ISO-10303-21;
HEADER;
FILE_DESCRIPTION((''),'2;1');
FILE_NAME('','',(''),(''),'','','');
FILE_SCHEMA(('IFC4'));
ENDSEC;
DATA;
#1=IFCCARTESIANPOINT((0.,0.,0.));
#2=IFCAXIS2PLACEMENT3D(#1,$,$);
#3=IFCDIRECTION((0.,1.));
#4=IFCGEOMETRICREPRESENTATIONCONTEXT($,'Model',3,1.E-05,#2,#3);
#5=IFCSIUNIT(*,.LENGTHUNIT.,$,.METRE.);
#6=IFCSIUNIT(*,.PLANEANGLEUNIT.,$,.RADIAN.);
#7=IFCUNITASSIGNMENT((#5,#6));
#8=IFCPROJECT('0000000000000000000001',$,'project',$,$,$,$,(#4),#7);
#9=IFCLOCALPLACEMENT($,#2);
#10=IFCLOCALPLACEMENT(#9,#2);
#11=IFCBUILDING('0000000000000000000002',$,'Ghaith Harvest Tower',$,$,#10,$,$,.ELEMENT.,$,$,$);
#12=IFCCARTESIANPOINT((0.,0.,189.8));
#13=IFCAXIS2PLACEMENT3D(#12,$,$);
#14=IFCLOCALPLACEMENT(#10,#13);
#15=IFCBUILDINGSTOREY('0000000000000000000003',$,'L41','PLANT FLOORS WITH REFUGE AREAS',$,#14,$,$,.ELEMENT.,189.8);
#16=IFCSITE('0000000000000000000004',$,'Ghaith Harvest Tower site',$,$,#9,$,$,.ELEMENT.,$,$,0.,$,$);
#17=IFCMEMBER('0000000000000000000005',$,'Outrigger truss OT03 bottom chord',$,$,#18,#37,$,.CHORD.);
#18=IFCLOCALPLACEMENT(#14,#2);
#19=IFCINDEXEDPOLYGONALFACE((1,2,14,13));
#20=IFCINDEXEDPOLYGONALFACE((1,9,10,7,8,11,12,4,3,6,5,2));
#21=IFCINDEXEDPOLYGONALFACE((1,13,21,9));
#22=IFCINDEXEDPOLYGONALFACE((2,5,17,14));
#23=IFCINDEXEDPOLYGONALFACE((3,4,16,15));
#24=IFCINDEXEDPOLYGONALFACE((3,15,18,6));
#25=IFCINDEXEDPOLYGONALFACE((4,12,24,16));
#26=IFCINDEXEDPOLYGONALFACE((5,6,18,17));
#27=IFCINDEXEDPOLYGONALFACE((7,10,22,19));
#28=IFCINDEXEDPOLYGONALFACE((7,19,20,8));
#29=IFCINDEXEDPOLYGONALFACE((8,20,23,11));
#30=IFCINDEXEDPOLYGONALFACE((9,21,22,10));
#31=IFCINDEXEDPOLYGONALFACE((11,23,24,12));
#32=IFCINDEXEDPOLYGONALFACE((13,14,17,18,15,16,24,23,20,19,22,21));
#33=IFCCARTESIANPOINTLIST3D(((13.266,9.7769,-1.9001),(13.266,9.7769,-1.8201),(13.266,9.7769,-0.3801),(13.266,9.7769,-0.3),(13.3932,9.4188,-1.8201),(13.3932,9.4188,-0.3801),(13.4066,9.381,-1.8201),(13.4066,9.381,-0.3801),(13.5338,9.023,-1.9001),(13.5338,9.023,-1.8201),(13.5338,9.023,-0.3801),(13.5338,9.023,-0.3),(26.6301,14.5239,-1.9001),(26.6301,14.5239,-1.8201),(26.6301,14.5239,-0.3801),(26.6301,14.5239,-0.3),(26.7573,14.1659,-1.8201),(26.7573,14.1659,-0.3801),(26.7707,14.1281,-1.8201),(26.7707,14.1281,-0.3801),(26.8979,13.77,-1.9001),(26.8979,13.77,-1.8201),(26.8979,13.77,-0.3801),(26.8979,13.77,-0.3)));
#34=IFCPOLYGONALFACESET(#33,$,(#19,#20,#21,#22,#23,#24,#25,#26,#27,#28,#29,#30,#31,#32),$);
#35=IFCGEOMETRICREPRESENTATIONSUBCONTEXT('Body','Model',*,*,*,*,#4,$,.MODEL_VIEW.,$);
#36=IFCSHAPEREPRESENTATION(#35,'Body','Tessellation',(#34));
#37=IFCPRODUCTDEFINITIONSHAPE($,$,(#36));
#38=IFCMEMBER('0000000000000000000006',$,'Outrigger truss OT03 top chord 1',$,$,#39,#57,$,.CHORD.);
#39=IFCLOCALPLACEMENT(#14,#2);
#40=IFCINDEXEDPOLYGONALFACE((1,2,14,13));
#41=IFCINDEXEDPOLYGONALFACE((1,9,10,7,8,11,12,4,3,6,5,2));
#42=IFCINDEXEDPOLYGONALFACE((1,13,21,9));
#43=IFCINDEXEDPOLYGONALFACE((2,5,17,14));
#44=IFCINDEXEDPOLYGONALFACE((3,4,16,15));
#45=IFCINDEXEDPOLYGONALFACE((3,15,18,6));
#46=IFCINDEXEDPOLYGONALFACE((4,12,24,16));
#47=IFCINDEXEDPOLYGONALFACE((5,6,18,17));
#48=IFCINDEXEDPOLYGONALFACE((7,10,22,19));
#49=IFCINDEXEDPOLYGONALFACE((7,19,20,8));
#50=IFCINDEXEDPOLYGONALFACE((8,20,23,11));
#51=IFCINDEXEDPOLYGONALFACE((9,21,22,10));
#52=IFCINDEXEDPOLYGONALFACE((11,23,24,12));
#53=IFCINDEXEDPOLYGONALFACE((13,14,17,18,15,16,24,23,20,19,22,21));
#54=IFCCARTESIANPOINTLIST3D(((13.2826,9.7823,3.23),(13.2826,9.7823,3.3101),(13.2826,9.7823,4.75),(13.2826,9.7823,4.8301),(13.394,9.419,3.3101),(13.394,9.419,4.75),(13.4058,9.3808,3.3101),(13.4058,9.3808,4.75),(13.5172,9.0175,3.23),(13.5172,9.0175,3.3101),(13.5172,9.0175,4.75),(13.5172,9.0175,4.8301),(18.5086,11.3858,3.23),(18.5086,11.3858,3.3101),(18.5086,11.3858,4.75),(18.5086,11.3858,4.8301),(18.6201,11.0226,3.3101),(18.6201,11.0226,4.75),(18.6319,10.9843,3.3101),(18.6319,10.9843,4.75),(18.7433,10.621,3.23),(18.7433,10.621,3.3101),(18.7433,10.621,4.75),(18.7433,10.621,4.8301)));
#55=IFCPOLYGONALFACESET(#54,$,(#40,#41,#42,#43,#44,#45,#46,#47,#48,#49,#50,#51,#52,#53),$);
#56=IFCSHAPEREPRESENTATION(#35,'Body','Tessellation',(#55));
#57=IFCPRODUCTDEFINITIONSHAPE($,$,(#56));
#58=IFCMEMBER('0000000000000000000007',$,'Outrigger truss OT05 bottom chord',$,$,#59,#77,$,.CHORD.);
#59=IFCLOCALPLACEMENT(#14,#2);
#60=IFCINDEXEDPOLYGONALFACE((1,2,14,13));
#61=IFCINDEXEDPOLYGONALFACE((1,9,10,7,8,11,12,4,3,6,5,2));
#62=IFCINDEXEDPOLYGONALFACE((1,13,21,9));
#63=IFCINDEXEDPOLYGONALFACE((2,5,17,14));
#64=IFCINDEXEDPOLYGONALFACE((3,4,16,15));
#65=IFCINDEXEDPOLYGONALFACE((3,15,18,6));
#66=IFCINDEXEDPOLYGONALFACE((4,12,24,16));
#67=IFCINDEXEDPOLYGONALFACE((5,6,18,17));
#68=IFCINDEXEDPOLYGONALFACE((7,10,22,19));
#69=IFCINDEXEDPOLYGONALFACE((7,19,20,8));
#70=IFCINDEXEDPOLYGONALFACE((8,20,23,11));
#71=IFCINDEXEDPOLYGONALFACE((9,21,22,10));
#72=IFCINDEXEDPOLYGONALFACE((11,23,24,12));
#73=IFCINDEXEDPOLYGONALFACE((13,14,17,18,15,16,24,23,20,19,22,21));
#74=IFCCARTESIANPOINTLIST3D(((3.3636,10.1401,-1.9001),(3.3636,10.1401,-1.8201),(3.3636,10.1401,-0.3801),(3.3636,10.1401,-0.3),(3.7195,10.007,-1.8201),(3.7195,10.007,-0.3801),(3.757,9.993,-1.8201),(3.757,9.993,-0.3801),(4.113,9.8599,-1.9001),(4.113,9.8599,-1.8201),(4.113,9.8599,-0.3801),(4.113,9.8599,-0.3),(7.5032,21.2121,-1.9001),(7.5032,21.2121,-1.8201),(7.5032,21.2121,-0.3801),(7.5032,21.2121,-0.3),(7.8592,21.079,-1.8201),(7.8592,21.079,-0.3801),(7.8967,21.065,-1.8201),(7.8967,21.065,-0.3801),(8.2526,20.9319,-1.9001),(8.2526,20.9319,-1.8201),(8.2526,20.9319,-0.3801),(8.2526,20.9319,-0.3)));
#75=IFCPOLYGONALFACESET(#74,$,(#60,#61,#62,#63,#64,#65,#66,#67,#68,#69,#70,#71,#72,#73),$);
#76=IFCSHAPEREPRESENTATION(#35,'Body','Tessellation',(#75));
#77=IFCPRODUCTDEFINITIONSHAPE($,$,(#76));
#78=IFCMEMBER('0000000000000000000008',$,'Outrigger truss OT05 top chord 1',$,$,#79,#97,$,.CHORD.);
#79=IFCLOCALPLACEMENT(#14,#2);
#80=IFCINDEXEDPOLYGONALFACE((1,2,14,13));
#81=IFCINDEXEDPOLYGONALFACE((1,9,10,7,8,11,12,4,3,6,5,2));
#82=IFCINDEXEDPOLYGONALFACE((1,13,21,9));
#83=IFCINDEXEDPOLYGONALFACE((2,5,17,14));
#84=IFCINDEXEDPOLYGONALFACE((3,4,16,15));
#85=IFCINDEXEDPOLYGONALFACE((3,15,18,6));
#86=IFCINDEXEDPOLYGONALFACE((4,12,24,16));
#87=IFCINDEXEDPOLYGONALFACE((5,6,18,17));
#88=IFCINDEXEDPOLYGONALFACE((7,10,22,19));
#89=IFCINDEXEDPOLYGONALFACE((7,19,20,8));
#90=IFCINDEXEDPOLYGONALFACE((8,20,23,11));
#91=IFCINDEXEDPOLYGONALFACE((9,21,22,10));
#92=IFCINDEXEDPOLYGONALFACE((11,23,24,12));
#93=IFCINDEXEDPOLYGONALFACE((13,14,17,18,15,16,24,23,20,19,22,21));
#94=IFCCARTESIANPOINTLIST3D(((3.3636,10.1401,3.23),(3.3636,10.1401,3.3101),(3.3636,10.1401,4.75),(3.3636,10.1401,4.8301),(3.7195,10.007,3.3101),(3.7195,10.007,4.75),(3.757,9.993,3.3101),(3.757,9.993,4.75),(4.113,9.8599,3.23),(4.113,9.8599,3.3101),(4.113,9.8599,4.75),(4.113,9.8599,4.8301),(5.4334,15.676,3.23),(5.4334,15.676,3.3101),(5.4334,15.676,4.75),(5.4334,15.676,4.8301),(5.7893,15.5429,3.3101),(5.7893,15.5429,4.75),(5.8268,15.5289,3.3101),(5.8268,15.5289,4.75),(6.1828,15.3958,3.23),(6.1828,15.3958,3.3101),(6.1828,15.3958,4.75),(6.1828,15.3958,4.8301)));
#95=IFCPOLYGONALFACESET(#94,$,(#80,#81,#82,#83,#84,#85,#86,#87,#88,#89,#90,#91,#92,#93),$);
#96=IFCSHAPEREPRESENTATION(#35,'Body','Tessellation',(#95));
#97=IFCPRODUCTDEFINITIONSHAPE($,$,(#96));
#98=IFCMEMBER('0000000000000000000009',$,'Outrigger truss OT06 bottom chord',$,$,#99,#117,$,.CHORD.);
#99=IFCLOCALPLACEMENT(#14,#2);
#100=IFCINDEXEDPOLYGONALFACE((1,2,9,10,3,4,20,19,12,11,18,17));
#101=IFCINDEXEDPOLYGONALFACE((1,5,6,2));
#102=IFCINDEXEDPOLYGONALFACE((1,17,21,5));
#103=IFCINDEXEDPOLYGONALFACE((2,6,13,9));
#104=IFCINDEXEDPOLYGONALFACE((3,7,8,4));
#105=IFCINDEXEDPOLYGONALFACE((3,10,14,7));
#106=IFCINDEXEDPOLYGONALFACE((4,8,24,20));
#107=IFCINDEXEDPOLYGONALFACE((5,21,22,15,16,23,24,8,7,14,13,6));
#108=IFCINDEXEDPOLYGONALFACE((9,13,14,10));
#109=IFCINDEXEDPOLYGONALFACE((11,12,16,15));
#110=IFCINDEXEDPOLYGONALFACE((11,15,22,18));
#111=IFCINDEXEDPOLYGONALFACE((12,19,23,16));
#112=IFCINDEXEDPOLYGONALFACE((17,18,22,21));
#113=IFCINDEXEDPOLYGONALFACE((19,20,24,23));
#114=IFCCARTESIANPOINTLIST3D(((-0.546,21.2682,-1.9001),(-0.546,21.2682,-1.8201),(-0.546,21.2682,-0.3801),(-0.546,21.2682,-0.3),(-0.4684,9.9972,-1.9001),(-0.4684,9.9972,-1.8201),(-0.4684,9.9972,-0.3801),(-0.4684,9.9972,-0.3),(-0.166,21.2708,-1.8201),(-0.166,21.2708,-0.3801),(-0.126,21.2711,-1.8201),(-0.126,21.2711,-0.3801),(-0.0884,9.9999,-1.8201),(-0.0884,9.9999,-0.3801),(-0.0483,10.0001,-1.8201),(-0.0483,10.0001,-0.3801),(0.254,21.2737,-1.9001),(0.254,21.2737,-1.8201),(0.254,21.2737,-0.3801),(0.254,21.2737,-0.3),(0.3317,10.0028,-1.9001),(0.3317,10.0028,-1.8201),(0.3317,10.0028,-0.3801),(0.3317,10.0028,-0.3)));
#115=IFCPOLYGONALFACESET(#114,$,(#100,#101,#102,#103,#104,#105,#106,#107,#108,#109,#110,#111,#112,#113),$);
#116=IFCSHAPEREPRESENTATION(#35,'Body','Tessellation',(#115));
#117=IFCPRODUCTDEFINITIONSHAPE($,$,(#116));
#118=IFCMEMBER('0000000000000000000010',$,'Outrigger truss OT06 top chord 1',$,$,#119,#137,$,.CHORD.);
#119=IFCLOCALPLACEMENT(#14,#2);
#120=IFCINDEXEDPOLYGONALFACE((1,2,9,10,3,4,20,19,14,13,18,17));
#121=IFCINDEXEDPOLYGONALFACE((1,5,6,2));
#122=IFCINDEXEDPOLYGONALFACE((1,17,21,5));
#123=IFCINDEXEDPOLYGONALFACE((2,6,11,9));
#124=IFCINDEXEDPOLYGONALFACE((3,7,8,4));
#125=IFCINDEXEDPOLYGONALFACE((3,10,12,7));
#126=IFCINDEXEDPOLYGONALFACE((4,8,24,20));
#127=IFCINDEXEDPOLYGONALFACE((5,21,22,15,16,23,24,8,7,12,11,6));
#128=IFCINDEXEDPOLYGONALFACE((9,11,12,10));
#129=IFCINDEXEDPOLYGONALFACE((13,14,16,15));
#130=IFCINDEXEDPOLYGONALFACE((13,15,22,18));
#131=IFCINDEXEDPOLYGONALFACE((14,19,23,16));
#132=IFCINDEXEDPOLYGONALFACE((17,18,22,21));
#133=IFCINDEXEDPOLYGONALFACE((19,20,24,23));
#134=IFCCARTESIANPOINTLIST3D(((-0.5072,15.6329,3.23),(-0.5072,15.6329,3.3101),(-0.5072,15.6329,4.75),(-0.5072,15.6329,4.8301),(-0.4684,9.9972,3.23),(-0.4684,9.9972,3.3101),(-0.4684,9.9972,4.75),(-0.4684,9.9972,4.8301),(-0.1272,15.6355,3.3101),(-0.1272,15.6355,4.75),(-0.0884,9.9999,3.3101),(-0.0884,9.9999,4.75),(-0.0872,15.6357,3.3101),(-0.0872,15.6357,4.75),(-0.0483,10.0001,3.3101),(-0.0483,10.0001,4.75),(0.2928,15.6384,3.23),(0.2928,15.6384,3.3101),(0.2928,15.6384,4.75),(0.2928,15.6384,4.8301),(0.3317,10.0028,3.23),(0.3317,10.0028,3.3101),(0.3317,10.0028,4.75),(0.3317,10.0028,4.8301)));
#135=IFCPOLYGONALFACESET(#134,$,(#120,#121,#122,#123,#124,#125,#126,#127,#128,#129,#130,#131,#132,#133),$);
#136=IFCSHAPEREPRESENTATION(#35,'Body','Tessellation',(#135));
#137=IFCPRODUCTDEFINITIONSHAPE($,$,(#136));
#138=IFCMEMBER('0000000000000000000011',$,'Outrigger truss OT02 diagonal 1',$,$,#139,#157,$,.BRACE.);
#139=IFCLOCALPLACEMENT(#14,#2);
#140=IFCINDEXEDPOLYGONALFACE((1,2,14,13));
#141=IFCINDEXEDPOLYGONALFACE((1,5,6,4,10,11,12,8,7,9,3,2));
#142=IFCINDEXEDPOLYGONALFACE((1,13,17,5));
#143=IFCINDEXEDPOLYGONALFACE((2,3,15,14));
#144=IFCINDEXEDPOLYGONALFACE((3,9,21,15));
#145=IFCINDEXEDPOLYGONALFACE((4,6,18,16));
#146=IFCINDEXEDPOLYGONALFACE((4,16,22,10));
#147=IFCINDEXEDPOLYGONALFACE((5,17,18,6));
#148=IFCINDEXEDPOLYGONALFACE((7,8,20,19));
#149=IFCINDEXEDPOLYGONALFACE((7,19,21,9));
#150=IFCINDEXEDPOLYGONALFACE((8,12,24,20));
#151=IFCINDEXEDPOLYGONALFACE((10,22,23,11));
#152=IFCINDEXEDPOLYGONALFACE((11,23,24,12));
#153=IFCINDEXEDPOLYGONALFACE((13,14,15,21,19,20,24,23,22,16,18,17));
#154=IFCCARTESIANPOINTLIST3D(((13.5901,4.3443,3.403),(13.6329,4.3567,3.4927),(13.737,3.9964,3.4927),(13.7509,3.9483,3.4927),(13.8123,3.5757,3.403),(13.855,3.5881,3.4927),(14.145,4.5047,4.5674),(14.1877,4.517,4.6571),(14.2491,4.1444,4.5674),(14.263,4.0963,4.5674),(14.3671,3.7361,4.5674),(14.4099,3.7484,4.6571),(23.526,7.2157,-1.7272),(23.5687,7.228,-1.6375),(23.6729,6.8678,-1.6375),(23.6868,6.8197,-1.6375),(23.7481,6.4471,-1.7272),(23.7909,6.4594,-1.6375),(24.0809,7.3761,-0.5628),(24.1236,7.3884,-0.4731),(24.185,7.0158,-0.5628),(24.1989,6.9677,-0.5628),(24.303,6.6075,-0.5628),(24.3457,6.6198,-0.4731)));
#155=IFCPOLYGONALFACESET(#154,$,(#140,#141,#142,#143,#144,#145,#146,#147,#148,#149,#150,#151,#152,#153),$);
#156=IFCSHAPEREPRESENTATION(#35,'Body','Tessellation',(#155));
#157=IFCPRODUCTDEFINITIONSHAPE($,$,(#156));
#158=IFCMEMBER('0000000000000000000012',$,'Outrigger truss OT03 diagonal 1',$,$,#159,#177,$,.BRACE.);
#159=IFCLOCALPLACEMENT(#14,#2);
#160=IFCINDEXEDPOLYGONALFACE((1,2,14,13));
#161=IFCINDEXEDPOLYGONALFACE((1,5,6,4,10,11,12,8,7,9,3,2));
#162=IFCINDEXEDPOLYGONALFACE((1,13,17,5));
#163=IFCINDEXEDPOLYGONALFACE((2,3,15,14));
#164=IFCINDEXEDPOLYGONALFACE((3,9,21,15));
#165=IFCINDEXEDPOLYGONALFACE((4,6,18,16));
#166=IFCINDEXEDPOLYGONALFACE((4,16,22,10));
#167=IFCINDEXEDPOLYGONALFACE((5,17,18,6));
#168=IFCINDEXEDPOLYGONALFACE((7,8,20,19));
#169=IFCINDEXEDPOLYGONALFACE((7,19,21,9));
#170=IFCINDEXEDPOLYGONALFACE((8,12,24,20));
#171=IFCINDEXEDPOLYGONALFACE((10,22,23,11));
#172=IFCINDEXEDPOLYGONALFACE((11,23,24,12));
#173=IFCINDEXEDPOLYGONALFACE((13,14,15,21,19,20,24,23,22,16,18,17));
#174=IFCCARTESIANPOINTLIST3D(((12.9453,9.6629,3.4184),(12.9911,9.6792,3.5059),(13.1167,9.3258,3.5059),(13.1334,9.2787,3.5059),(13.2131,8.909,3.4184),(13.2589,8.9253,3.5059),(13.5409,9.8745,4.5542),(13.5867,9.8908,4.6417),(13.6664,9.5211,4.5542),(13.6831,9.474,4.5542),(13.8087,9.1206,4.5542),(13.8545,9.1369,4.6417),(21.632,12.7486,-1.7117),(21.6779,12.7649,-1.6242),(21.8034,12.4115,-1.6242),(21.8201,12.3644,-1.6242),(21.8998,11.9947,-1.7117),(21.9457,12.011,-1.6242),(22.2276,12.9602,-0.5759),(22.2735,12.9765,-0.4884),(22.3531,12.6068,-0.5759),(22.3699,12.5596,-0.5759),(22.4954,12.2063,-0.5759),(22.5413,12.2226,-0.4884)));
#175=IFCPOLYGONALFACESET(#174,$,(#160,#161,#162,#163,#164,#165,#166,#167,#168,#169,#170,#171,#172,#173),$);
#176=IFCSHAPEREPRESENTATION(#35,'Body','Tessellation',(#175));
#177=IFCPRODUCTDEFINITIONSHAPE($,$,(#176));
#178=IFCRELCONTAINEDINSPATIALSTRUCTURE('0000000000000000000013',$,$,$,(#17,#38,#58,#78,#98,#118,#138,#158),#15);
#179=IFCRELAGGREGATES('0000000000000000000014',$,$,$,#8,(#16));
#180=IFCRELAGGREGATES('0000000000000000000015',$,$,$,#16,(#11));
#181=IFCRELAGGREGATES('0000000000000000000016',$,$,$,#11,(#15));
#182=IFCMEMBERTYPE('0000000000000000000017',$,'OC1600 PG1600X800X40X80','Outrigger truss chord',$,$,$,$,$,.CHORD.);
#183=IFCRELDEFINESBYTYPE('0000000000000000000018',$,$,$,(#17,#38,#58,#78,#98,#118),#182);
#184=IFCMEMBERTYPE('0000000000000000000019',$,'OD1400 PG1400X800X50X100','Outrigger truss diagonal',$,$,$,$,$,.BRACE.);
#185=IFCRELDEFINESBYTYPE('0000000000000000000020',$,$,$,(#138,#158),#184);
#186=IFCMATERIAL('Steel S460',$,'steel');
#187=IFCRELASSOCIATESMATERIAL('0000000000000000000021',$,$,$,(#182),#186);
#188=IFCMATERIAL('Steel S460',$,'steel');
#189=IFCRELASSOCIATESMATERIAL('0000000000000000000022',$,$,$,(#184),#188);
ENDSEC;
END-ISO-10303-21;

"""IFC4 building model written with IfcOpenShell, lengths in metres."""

from ifc_helpers import new_model, si_unit, direction, frame, origin, origin_2d, place, context, subcontext, project, spatial, i_section, extrude, material, material_profile, profile_set, type_object, element, save


model = new_model("IFC4")

# Units and contexts
model_context = context("Model", 3, precision=1e-05, world=origin(), true_north=direction((0.0, 1.0)))
body_context = subcontext(model_context, "Body", "Model", "MODEL_VIEW")
ifc_project = project(units=[si_unit("LENGTHUNIT", "METRE"), si_unit("PLANEANGLEUNIT", "RADIAN")], contexts=[model_context])

# Site, building, storey
site_placement = place(None, origin())
site = spatial("IfcSite", under=ifc_project, at=site_placement, Name="Ghaith Harvest Tower site", CompositionType="ELEMENT", RefElevation=0.0)
building_placement = place(site_placement, origin())
building = spatial("IfcBuilding", under=site, at=building_placement, Name="Ghaith Harvest Tower", CompositionType="ELEMENT")
storey_placement = place(building_placement, frame((0.0, 0.0, 189.8)))
storey = spatial("IfcBuildingStorey", under=building, at=storey_placement, Name="L41", Description="PLANT FLOORS WITH REFUGE AREAS", CompositionType="ELEMENT", Elevation=189.8)

# Members
ifc_material_1 = material(Name="Steel S460", Category="steel")
ifc_material_profile_1 = material_profile(ifc_material_1, i_section(OverallWidth=0.8, OverallDepth=1.6001, WebThickness=0.04, FlangeThickness=0.0801, at=origin_2d()), Name="PG1600X800X40X80")
ifc_profile_set_1 = profile_set([ifc_material_profile_1], Name="Steel S460")
member_type_1 = type_object("IfcMemberType", Name="OC1600 PG1600X800X40X80", Description="Outrigger truss chord", PredefinedType="CHORD", material=ifc_profile_set_1)
member_1_placement = place(storey_placement, frame((13.3999, 9.3999, -1.1001), z_axis=(0.942317, 0.334723, 0.0), x_axis=(-0.334723, 0.942317, 0.0)))
element("IfcMember", 1, at=member_1_placement, inside=storey, type_object=member_type_1, Name="Outrigger truss OT03 bottom chord", PredefinedType="CHORD", context=body_context, shape_type="SweptSolid", body=[
    extrude(i_section(OverallWidth=0.8, OverallDepth=1.6001, WebThickness=0.04, FlangeThickness=0.0801, at=origin_2d()), origin(), (0.0, 0.0, 1.0), 14.1821),
])
member_2_placement = place(storey_placement, frame((13.3999, 9.3999, 4.03), z_axis=(0.95601, 0.293333, 0.0), x_axis=(-0.293333, 0.95601, 0.0)))
element("IfcMember", 2, at=member_2_placement, inside=storey, type_object=member_type_1, Name="Outrigger truss OT03 top chord 1", PredefinedType="CHORD", context=body_context, shape_type="SweptSolid", body=[
    extrude(i_section(OverallWidth=0.8, OverallDepth=1.6001, WebThickness=0.04, FlangeThickness=0.0801, at=origin_2d()), origin(), (0.0, 0.0, 1.0), 5.4666),
])
member_3_placement = place(storey_placement, frame((3.7383, 10.0, -1.1001), z_axis=(0.350207, 0.936672, 0.0), x_axis=(-0.936672, 0.350207, 0.0)))
element("IfcMember", 3, at=member_3_placement, inside=storey, type_object=member_type_1, Name="Outrigger truss OT05 bottom chord", PredefinedType="CHORD", context=body_context, shape_type="SweptSolid", body=[
    extrude(i_section(OverallWidth=0.8, OverallDepth=1.6001, WebThickness=0.04, FlangeThickness=0.0801, at=origin_2d()), origin(), (0.0, 0.0, 1.0), 11.8206),
])
member_4_placement = place(storey_placement, frame((3.7383, 10.0, 4.03), z_axis=(0.350213, 0.93667, 0.0), x_axis=(-0.93667, 0.350213, 0.0)))
element("IfcMember", 4, at=member_4_placement, inside=storey, type_object=member_type_1, Name="Outrigger truss OT05 top chord 1", PredefinedType="CHORD", context=body_context, shape_type="SweptSolid", body=[
    extrude(i_section(OverallWidth=0.8, OverallDepth=1.6001, WebThickness=0.04, FlangeThickness=0.0801, at=origin_2d()), origin(), (0.0, 0.0, 1.0), 5.9102),
])
member_5_placement = place(storey_placement, frame((-0.0684, 10.0, -1.1001), z_axis=(-0.006888, 0.999976, 0.0), x_axis=(-0.999976, -0.006888, 0.0)))
element("IfcMember", 5, at=member_5_placement, inside=storey, type_object=member_type_1, Name="Outrigger truss OT06 bottom chord", PredefinedType="CHORD", context=body_context, shape_type="SweptSolid", body=[
    extrude(i_section(OverallWidth=0.8, OverallDepth=1.6001, WebThickness=0.04, FlangeThickness=0.0801, at=origin_2d()), origin(), (0.0, 0.0, 1.0), 11.2712),
])
member_6_placement = place(storey_placement, frame((-0.0684, 10.0, 4.03), z_axis=(-0.006888, 0.999976, 0.0), x_axis=(-0.999976, -0.006888, 0.0)))
element("IfcMember", 6, at=member_6_placement, inside=storey, type_object=member_type_1, Name="Outrigger truss OT06 top chord 1", PredefinedType="CHORD", context=body_context, shape_type="SweptSolid", body=[
    extrude(i_section(OverallWidth=0.8, OverallDepth=1.6001, WebThickness=0.04, FlangeThickness=0.0801, at=origin_2d()), origin(), (0.0, 0.0, 1.0), 5.6357),
])
ifc_material_2 = material(Name="Steel S460", Category="steel")
ifc_material_profile_2 = material_profile(ifc_material_2, i_section(OverallWidth=0.8, OverallDepth=1.3999, WebThickness=0.05, FlangeThickness=0.1001, at=origin_2d()), Name="PG1400X800X50X100")
ifc_profile_set_2 = profile_set([ifc_material_profile_2], Name="Steel S460")
member_type_2 = type_object("IfcMemberType", Name="OD1400 PG1400X800X50X100", Description="Outrigger truss diagonal", PredefinedType="BRACE", material=ifc_profile_set_2)
member_7_placement = place(storey_placement, frame((14.0, 4.0464, 4.03), z_axis=(0.860628, 0.248712, -0.444366), x_axis=(-0.277629, 0.960688, 0.0)))
element("IfcMember", 7, at=member_7_placement, inside=storey, type_object=member_type_2, Name="Outrigger truss OT02 diagonal 1", PredefinedType="BRACE", context=body_context, shape_type="SweptSolid", body=[
    extrude(i_section(OverallWidth=0.8, OverallDepth=1.3999, WebThickness=0.05, FlangeThickness=0.1001, at=origin_2d()), origin(), (0.0, 0.0, 1.0), 11.5449),
])
member_8_placement = place(storey_placement, frame((13.3999, 9.3999, 4.03), z_axis=(0.823401, 0.292487, -0.486274), x_axis=(-0.334727, 0.942315, 0.0)))
element("IfcMember", 8, at=member_8_placement, inside=storey, type_object=member_type_2, Name="Outrigger truss OT03 diagonal 1", PredefinedType="BRACE", context=body_context, shape_type="SweptSolid", body=[
    extrude(i_section(OverallWidth=0.8, OverallDepth=1.3999, WebThickness=0.05, FlangeThickness=0.1001, at=origin_2d()), origin(), (0.0, 0.0, 1.0), 10.5498),
])

save(model, "model.ifc")
